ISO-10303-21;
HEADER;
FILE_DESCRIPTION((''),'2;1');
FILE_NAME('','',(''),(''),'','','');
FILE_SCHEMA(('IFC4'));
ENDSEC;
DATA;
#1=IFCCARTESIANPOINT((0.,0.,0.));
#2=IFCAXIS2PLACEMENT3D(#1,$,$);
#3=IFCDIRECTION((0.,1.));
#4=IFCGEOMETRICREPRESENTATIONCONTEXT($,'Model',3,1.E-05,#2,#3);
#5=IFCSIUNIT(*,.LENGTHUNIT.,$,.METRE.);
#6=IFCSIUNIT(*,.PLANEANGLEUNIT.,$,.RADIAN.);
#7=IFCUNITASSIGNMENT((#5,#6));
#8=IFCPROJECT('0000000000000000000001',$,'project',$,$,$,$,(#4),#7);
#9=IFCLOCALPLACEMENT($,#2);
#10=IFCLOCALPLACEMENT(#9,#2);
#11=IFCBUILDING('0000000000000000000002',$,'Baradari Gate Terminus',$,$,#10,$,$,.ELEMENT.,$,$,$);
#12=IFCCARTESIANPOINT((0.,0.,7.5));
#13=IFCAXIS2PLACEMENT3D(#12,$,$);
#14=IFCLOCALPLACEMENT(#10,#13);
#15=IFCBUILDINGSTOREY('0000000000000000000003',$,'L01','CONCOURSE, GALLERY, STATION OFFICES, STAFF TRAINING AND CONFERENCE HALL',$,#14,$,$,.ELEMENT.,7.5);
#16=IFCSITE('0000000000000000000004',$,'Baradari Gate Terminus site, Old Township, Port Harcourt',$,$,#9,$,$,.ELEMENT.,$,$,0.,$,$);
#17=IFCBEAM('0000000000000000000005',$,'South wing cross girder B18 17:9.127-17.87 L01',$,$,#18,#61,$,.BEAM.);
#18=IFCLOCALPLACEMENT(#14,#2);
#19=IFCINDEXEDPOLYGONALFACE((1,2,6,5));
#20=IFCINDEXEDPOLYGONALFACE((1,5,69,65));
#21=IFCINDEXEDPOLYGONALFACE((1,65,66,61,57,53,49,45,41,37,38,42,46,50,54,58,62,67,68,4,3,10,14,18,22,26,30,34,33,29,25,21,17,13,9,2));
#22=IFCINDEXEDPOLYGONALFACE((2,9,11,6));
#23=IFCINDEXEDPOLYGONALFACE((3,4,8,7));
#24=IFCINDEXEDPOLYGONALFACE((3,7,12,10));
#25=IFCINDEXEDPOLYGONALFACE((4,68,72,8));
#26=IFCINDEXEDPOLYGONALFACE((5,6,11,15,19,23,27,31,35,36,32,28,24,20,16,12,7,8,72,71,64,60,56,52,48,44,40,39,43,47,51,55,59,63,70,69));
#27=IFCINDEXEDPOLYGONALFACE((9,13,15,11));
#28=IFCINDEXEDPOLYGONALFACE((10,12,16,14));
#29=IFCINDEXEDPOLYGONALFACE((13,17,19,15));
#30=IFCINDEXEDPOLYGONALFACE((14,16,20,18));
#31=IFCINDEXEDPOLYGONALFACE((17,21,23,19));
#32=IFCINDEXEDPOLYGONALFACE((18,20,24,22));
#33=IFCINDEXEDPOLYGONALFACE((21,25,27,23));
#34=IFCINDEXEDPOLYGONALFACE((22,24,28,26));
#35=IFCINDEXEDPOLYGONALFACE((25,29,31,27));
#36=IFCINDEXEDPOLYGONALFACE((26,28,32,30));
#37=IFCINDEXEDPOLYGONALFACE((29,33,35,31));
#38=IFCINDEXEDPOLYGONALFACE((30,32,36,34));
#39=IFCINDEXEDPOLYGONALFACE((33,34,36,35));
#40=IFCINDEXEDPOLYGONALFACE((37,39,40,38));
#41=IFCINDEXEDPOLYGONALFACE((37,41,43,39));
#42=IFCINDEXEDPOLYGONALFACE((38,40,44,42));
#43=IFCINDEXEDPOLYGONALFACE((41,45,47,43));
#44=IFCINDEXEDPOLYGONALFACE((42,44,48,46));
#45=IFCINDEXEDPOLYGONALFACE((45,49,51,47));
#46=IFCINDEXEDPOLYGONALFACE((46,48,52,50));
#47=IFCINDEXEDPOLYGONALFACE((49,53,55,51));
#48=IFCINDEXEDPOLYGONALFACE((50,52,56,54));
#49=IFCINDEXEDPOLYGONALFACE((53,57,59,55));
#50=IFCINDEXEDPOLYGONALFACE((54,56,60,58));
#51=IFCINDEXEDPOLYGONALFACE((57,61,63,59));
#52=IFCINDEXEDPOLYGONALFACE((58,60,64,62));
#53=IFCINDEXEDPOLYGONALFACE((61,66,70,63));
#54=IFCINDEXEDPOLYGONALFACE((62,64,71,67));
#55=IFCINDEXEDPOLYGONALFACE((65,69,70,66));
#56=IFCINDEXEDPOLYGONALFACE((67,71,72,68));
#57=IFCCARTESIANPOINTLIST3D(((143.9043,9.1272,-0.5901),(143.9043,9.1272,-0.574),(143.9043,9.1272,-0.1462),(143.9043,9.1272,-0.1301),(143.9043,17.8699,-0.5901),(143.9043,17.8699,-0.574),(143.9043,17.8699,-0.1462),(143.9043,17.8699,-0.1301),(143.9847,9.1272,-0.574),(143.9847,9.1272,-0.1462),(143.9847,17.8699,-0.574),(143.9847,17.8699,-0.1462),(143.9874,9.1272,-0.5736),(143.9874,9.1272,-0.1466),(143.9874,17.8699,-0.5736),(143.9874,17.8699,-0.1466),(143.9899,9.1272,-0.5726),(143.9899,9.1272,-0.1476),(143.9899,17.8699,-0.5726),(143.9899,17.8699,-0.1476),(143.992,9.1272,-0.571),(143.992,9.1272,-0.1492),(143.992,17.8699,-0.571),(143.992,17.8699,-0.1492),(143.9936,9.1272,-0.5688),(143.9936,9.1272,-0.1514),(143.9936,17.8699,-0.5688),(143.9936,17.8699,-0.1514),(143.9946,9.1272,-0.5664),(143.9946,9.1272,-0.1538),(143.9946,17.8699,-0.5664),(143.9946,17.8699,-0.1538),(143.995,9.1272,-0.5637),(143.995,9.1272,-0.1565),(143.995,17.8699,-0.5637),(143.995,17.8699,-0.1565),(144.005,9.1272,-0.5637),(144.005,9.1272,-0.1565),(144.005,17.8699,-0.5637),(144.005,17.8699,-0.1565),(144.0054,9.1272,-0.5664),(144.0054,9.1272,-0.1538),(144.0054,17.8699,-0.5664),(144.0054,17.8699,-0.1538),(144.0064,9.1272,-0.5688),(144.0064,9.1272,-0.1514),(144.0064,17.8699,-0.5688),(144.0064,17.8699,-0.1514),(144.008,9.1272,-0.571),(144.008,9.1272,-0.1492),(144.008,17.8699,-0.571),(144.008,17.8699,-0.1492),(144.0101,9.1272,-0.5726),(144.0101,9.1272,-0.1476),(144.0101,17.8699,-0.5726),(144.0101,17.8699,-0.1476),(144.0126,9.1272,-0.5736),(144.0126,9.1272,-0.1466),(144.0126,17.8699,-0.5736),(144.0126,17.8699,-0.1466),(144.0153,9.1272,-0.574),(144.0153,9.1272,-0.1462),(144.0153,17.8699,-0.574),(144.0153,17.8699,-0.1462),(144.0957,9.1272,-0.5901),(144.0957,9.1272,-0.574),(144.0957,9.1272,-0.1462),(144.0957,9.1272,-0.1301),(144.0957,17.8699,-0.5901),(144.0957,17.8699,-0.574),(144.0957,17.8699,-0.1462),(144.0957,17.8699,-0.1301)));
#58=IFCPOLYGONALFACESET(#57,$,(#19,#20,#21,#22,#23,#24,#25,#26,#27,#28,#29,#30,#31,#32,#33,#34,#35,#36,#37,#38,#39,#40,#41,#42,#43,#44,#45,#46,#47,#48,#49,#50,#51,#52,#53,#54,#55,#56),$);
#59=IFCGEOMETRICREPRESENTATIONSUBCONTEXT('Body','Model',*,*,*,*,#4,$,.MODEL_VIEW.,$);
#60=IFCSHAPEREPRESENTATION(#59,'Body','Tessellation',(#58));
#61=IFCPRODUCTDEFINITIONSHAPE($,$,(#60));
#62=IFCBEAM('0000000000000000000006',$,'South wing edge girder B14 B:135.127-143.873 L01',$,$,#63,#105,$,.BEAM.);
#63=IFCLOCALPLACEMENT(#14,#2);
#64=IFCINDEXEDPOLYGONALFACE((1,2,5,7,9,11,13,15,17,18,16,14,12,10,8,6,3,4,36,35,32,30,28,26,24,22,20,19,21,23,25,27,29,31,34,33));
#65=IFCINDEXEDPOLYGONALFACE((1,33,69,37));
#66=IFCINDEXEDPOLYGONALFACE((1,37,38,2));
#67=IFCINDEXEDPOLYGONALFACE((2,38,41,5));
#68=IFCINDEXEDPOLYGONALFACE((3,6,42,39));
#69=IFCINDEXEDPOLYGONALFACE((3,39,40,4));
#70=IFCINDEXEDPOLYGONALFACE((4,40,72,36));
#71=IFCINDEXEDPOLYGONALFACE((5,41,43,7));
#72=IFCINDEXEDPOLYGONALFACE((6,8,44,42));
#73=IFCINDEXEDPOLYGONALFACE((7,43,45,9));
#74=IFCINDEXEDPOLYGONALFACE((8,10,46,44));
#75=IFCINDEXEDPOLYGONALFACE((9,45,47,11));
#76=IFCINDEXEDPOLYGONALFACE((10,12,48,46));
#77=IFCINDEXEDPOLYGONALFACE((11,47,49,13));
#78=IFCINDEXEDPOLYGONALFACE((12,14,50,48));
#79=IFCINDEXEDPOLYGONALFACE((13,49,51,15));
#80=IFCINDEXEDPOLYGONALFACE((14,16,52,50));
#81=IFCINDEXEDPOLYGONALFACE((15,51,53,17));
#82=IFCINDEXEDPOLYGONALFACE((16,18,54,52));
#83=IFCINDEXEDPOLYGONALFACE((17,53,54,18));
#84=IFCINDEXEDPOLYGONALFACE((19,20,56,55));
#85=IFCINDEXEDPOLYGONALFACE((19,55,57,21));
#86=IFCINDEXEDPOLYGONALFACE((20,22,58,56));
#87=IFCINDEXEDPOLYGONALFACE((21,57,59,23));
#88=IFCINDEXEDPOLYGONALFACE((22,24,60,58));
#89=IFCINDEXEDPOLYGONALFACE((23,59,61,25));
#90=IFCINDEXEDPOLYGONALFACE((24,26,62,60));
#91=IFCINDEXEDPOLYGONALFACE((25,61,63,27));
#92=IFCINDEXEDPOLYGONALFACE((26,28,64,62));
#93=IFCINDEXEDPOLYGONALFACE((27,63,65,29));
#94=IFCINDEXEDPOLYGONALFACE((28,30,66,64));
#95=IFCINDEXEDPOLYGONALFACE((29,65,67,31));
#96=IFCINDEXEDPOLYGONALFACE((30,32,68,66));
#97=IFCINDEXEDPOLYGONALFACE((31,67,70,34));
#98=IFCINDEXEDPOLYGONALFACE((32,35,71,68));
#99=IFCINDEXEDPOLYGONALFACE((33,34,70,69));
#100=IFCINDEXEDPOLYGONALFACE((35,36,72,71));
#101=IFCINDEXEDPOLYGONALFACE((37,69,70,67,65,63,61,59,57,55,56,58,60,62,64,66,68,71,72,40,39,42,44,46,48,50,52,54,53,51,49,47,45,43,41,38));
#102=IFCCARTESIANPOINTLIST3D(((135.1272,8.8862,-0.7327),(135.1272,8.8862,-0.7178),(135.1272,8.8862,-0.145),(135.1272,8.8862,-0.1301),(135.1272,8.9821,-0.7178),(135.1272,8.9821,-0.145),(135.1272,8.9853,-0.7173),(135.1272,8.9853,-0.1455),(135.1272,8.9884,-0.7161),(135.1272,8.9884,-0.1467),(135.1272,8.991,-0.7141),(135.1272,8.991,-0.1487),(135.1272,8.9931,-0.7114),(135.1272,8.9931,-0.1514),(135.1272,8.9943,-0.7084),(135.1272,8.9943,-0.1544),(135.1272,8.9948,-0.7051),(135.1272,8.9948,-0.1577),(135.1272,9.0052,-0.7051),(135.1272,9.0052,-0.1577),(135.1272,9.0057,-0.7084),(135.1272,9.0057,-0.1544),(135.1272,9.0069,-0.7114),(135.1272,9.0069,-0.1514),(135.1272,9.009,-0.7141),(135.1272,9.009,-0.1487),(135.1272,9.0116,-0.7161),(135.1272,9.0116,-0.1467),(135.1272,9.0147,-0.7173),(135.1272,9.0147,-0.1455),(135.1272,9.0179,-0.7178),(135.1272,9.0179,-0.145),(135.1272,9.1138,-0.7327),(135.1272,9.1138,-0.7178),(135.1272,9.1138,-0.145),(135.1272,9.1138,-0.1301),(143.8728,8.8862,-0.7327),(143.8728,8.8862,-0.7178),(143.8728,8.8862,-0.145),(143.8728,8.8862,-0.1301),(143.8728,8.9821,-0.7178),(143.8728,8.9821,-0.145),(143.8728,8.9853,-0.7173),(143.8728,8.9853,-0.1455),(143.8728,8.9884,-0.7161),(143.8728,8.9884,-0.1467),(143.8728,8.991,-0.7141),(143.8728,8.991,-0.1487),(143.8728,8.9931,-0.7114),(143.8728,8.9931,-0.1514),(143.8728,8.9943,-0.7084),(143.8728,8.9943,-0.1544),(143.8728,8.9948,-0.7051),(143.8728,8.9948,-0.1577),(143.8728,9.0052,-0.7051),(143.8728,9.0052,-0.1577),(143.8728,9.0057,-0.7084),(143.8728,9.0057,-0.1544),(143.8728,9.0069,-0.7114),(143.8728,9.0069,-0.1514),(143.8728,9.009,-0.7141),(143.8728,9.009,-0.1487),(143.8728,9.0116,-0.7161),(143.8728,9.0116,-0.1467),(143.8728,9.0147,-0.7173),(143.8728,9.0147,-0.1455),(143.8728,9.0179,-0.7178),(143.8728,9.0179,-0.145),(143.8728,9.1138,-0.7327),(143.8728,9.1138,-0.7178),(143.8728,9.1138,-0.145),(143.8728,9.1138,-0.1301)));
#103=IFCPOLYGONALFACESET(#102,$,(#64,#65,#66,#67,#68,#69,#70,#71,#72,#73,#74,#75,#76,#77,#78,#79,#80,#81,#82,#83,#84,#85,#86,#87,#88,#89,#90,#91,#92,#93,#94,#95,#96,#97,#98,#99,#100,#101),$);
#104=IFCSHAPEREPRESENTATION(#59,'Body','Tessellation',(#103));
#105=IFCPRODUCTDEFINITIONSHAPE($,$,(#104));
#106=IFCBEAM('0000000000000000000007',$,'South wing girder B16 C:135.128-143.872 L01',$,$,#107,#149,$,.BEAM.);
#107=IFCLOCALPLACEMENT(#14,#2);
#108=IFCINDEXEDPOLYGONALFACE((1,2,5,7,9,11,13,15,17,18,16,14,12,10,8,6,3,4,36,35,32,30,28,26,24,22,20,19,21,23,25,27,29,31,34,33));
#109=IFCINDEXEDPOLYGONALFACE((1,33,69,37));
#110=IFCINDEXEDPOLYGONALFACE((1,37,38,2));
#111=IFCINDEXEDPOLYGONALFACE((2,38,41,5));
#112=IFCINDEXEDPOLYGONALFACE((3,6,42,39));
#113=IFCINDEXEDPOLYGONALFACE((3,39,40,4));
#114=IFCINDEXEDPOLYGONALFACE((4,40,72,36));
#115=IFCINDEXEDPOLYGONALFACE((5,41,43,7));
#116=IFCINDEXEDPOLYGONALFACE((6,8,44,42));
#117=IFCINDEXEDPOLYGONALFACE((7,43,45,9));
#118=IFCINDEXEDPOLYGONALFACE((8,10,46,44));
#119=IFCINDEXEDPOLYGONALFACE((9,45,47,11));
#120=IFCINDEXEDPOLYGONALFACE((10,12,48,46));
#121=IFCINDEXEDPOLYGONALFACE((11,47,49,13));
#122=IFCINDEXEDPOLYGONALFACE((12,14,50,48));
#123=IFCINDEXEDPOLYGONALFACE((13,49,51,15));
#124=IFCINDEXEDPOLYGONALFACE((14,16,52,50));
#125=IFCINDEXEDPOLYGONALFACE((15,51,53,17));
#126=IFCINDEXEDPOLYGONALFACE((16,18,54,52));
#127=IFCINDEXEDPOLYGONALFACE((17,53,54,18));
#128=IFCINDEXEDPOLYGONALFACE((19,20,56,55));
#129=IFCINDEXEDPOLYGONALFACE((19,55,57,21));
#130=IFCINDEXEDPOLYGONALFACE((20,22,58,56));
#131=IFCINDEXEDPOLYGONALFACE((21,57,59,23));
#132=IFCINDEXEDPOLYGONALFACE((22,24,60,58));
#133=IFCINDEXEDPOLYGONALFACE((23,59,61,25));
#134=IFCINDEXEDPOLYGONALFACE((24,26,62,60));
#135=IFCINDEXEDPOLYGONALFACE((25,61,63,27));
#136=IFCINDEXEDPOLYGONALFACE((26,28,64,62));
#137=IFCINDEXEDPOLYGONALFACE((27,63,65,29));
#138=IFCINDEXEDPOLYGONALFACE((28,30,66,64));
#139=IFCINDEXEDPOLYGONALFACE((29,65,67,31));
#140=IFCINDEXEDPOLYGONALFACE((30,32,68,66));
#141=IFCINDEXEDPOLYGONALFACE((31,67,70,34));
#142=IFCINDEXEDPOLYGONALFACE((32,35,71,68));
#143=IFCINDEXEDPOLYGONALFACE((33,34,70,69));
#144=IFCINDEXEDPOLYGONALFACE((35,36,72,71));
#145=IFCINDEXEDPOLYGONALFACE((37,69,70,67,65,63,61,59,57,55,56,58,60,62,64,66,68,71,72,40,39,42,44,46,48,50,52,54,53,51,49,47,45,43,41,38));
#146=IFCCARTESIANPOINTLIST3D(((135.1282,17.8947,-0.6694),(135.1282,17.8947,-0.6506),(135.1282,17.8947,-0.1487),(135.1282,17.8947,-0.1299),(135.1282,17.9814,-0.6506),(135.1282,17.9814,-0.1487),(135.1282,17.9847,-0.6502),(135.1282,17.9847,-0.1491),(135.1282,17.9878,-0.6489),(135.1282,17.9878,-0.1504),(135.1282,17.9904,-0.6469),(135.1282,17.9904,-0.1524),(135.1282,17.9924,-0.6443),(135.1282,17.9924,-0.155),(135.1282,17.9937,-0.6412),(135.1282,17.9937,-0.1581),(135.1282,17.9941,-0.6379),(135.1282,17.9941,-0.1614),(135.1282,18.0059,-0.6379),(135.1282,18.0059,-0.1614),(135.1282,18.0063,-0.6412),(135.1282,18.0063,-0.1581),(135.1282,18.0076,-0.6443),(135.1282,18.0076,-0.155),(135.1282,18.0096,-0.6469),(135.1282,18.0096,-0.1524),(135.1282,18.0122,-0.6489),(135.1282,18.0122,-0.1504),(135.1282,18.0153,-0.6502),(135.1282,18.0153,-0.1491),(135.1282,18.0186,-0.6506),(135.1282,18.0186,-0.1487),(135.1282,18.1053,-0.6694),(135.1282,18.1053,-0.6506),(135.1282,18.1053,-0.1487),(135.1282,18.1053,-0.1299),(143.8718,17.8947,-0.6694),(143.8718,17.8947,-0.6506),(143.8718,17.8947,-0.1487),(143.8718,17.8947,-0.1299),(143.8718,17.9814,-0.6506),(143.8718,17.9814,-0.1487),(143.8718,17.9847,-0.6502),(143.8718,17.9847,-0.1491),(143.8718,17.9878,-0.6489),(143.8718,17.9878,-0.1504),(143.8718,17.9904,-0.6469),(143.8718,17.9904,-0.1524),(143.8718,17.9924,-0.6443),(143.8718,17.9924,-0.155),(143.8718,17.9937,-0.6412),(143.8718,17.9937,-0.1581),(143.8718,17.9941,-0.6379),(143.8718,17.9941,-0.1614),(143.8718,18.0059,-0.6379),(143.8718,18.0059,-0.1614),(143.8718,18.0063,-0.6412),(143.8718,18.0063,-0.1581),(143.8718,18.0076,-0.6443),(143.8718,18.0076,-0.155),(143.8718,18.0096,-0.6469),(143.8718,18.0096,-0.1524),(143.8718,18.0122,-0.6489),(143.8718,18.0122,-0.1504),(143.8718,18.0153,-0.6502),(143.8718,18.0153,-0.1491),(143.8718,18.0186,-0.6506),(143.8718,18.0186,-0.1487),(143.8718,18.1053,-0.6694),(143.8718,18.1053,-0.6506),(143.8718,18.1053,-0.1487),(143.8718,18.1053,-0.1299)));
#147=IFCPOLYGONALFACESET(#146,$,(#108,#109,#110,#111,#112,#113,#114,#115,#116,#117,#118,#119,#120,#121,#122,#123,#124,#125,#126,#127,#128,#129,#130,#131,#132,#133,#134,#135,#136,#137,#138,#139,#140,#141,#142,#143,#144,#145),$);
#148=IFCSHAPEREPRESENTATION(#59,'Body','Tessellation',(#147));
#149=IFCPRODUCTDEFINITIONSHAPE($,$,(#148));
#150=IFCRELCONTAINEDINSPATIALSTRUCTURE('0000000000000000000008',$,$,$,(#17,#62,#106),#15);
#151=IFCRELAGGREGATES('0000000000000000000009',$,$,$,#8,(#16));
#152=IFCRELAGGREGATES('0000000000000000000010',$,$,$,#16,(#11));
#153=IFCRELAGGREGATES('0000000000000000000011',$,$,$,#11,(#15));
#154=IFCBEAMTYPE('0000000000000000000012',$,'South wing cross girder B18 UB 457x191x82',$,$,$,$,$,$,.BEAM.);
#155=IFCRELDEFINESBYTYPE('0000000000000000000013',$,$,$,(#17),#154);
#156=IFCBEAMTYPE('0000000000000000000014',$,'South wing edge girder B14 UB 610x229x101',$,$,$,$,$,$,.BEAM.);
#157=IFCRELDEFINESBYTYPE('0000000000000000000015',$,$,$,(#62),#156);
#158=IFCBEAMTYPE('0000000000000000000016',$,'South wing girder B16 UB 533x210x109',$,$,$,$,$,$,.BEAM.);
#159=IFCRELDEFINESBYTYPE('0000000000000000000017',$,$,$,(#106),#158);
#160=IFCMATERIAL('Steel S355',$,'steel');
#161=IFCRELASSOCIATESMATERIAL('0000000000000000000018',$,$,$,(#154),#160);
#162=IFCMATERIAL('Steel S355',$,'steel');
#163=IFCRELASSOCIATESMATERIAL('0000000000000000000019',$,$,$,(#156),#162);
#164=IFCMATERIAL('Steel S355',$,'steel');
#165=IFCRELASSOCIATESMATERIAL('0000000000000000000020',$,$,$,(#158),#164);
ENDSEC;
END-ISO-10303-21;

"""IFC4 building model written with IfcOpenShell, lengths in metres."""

from ifc_helpers import new_model, si_unit, direction, frame, origin, origin_2d, place, context, subcontext, project, spatial, i_section, extrude, material, material_profile, profile_set, type_object, element, save


model = new_model("IFC4")

# Units and contexts
model_context = context("Model", 3, precision=1e-05, world=origin(), true_north=direction((0.0, 1.0)))
body_context = subcontext(model_context, "Body", "Model", "MODEL_VIEW")
ifc_project = project(units=[si_unit("LENGTHUNIT", "METRE"), si_unit("PLANEANGLEUNIT", "RADIAN")], contexts=[model_context])

# Site, building, storey
site_placement = place(None, origin())
site = spatial("IfcSite", under=ifc_project, at=site_placement, Name="Baradari Gate Terminus site, Old Township, Port Harcourt", CompositionType="ELEMENT", RefElevation=0.0)
building_placement = place(site_placement, origin())
building = spatial("IfcBuilding", under=site, at=building_placement, Name="Baradari Gate Terminus", CompositionType="ELEMENT")
storey_placement = place(building_placement, frame((0.0, 0.0, 7.5)))
storey = spatial("IfcBuildingStorey", under=building, at=storey_placement, Name="L01", Description="CONCOURSE, GALLERY, STATION OFFICES, STAFF TRAINING AND CONFERENCE HALL", CompositionType="ELEMENT", Elevation=7.5)

# Beams
ifc_material_1 = material(Name="Steel S355", Category="steel")
ifc_material_profile_1 = material_profile(ifc_material_1, i_section(OverallWidth=0.1914, OverallDepth=0.46, WebThickness=0.01, FlangeThickness=0.0161, FilletRadius=0.0103, at=origin_2d()), Name="UB 457x191x82")
ifc_profile_set_1 = profile_set([ifc_material_profile_1], Name="Steel S355")
beam_type_1 = type_object("IfcBeamType", Name="South wing cross girder B18 UB 457x191x82", PredefinedType="BEAM", material=ifc_profile_set_1)
beam_1_placement = place(storey_placement, frame((144.0, 9.1272, -0.3601), z_axis=(0.0, 1.0, 0.0), x_axis=(-1.0, 0.0, 0.0)))
element("IfcBeam", 1, at=beam_1_placement, inside=storey, type_object=beam_type_1, Name="South wing cross girder B18 17:9.127-17.87 L01", PredefinedType="BEAM", context=body_context, shape_type="SweptSolid", body=[
    extrude(i_section(OverallWidth=0.1914, OverallDepth=0.46, WebThickness=0.01, FlangeThickness=0.0161, FilletRadius=0.0103, at=origin_2d()), origin(), (0.0, 0.0, 1.0), 8.7427),
])
ifc_material_2 = material(Name="Steel S355", Category="steel")
ifc_material_profile_2 = material_profile(ifc_material_2, i_section(OverallWidth=0.2275, OverallDepth=0.6025, WebThickness=0.0105, FlangeThickness=0.0149, FilletRadius=0.0127, at=origin_2d()), Name="UB 610x229x101")
ifc_profile_set_2 = profile_set([ifc_material_profile_2], Name="Steel S355")
beam_type_2 = type_object("IfcBeamType", Name="South wing edge girder B14 UB 610x229x101", PredefinedType="BEAM", material=ifc_profile_set_2)
beam_2_placement = place(storey_placement, frame((135.1272, 9.0, -0.4314), z_axis=(1.0, 0.0, 0.0), x_axis=(0.0, 1.0, 0.0)))
element("IfcBeam", 2, at=beam_2_placement, inside=storey, type_object=beam_type_2, Name="South wing edge girder B14 B:135.127-143.873 L01", PredefinedType="BEAM", context=body_context, shape_type="SweptSolid", body=[
    extrude(i_section(OverallWidth=0.2275, OverallDepth=0.6025, WebThickness=0.0105, FlangeThickness=0.0149, FilletRadius=0.0127, at=origin_2d()), origin(), (0.0, 0.0, 1.0), 8.7456),
])
ifc_material_3 = material(Name="Steel S355", Category="steel")
ifc_material_profile_3 = material_profile(ifc_material_3, i_section(OverallWidth=0.2107, OverallDepth=0.5396, WebThickness=0.0117, FlangeThickness=0.0188, FilletRadius=0.0127, at=origin_2d()), Name="UB 533x210x109")
ifc_profile_set_3 = profile_set([ifc_material_profile_3], Name="Steel S355")
beam_type_3 = type_object("IfcBeamType", Name="South wing girder B16 UB 533x210x109", PredefinedType="BEAM", material=ifc_profile_set_3)
beam_3_placement = place(storey_placement, frame((135.1282, 18.0, -0.3997), z_axis=(1.0, 0.0, 0.0), x_axis=(0.0, 1.0, 0.0)))
element("IfcBeam", 3, at=beam_3_placement, inside=storey, type_object=beam_type_3, Name="South wing girder B16 C:135.128-143.872 L01", PredefinedType="BEAM", context=body_context, shape_type="SweptSolid", body=[
    extrude(i_section(OverallWidth=0.2107, OverallDepth=0.5396, WebThickness=0.0117, FlangeThickness=0.0188, FilletRadius=0.0127, at=origin_2d()), origin(), (0.0, 0.0, 1.0), 8.7437),
])

save(model, "model.ifc")
